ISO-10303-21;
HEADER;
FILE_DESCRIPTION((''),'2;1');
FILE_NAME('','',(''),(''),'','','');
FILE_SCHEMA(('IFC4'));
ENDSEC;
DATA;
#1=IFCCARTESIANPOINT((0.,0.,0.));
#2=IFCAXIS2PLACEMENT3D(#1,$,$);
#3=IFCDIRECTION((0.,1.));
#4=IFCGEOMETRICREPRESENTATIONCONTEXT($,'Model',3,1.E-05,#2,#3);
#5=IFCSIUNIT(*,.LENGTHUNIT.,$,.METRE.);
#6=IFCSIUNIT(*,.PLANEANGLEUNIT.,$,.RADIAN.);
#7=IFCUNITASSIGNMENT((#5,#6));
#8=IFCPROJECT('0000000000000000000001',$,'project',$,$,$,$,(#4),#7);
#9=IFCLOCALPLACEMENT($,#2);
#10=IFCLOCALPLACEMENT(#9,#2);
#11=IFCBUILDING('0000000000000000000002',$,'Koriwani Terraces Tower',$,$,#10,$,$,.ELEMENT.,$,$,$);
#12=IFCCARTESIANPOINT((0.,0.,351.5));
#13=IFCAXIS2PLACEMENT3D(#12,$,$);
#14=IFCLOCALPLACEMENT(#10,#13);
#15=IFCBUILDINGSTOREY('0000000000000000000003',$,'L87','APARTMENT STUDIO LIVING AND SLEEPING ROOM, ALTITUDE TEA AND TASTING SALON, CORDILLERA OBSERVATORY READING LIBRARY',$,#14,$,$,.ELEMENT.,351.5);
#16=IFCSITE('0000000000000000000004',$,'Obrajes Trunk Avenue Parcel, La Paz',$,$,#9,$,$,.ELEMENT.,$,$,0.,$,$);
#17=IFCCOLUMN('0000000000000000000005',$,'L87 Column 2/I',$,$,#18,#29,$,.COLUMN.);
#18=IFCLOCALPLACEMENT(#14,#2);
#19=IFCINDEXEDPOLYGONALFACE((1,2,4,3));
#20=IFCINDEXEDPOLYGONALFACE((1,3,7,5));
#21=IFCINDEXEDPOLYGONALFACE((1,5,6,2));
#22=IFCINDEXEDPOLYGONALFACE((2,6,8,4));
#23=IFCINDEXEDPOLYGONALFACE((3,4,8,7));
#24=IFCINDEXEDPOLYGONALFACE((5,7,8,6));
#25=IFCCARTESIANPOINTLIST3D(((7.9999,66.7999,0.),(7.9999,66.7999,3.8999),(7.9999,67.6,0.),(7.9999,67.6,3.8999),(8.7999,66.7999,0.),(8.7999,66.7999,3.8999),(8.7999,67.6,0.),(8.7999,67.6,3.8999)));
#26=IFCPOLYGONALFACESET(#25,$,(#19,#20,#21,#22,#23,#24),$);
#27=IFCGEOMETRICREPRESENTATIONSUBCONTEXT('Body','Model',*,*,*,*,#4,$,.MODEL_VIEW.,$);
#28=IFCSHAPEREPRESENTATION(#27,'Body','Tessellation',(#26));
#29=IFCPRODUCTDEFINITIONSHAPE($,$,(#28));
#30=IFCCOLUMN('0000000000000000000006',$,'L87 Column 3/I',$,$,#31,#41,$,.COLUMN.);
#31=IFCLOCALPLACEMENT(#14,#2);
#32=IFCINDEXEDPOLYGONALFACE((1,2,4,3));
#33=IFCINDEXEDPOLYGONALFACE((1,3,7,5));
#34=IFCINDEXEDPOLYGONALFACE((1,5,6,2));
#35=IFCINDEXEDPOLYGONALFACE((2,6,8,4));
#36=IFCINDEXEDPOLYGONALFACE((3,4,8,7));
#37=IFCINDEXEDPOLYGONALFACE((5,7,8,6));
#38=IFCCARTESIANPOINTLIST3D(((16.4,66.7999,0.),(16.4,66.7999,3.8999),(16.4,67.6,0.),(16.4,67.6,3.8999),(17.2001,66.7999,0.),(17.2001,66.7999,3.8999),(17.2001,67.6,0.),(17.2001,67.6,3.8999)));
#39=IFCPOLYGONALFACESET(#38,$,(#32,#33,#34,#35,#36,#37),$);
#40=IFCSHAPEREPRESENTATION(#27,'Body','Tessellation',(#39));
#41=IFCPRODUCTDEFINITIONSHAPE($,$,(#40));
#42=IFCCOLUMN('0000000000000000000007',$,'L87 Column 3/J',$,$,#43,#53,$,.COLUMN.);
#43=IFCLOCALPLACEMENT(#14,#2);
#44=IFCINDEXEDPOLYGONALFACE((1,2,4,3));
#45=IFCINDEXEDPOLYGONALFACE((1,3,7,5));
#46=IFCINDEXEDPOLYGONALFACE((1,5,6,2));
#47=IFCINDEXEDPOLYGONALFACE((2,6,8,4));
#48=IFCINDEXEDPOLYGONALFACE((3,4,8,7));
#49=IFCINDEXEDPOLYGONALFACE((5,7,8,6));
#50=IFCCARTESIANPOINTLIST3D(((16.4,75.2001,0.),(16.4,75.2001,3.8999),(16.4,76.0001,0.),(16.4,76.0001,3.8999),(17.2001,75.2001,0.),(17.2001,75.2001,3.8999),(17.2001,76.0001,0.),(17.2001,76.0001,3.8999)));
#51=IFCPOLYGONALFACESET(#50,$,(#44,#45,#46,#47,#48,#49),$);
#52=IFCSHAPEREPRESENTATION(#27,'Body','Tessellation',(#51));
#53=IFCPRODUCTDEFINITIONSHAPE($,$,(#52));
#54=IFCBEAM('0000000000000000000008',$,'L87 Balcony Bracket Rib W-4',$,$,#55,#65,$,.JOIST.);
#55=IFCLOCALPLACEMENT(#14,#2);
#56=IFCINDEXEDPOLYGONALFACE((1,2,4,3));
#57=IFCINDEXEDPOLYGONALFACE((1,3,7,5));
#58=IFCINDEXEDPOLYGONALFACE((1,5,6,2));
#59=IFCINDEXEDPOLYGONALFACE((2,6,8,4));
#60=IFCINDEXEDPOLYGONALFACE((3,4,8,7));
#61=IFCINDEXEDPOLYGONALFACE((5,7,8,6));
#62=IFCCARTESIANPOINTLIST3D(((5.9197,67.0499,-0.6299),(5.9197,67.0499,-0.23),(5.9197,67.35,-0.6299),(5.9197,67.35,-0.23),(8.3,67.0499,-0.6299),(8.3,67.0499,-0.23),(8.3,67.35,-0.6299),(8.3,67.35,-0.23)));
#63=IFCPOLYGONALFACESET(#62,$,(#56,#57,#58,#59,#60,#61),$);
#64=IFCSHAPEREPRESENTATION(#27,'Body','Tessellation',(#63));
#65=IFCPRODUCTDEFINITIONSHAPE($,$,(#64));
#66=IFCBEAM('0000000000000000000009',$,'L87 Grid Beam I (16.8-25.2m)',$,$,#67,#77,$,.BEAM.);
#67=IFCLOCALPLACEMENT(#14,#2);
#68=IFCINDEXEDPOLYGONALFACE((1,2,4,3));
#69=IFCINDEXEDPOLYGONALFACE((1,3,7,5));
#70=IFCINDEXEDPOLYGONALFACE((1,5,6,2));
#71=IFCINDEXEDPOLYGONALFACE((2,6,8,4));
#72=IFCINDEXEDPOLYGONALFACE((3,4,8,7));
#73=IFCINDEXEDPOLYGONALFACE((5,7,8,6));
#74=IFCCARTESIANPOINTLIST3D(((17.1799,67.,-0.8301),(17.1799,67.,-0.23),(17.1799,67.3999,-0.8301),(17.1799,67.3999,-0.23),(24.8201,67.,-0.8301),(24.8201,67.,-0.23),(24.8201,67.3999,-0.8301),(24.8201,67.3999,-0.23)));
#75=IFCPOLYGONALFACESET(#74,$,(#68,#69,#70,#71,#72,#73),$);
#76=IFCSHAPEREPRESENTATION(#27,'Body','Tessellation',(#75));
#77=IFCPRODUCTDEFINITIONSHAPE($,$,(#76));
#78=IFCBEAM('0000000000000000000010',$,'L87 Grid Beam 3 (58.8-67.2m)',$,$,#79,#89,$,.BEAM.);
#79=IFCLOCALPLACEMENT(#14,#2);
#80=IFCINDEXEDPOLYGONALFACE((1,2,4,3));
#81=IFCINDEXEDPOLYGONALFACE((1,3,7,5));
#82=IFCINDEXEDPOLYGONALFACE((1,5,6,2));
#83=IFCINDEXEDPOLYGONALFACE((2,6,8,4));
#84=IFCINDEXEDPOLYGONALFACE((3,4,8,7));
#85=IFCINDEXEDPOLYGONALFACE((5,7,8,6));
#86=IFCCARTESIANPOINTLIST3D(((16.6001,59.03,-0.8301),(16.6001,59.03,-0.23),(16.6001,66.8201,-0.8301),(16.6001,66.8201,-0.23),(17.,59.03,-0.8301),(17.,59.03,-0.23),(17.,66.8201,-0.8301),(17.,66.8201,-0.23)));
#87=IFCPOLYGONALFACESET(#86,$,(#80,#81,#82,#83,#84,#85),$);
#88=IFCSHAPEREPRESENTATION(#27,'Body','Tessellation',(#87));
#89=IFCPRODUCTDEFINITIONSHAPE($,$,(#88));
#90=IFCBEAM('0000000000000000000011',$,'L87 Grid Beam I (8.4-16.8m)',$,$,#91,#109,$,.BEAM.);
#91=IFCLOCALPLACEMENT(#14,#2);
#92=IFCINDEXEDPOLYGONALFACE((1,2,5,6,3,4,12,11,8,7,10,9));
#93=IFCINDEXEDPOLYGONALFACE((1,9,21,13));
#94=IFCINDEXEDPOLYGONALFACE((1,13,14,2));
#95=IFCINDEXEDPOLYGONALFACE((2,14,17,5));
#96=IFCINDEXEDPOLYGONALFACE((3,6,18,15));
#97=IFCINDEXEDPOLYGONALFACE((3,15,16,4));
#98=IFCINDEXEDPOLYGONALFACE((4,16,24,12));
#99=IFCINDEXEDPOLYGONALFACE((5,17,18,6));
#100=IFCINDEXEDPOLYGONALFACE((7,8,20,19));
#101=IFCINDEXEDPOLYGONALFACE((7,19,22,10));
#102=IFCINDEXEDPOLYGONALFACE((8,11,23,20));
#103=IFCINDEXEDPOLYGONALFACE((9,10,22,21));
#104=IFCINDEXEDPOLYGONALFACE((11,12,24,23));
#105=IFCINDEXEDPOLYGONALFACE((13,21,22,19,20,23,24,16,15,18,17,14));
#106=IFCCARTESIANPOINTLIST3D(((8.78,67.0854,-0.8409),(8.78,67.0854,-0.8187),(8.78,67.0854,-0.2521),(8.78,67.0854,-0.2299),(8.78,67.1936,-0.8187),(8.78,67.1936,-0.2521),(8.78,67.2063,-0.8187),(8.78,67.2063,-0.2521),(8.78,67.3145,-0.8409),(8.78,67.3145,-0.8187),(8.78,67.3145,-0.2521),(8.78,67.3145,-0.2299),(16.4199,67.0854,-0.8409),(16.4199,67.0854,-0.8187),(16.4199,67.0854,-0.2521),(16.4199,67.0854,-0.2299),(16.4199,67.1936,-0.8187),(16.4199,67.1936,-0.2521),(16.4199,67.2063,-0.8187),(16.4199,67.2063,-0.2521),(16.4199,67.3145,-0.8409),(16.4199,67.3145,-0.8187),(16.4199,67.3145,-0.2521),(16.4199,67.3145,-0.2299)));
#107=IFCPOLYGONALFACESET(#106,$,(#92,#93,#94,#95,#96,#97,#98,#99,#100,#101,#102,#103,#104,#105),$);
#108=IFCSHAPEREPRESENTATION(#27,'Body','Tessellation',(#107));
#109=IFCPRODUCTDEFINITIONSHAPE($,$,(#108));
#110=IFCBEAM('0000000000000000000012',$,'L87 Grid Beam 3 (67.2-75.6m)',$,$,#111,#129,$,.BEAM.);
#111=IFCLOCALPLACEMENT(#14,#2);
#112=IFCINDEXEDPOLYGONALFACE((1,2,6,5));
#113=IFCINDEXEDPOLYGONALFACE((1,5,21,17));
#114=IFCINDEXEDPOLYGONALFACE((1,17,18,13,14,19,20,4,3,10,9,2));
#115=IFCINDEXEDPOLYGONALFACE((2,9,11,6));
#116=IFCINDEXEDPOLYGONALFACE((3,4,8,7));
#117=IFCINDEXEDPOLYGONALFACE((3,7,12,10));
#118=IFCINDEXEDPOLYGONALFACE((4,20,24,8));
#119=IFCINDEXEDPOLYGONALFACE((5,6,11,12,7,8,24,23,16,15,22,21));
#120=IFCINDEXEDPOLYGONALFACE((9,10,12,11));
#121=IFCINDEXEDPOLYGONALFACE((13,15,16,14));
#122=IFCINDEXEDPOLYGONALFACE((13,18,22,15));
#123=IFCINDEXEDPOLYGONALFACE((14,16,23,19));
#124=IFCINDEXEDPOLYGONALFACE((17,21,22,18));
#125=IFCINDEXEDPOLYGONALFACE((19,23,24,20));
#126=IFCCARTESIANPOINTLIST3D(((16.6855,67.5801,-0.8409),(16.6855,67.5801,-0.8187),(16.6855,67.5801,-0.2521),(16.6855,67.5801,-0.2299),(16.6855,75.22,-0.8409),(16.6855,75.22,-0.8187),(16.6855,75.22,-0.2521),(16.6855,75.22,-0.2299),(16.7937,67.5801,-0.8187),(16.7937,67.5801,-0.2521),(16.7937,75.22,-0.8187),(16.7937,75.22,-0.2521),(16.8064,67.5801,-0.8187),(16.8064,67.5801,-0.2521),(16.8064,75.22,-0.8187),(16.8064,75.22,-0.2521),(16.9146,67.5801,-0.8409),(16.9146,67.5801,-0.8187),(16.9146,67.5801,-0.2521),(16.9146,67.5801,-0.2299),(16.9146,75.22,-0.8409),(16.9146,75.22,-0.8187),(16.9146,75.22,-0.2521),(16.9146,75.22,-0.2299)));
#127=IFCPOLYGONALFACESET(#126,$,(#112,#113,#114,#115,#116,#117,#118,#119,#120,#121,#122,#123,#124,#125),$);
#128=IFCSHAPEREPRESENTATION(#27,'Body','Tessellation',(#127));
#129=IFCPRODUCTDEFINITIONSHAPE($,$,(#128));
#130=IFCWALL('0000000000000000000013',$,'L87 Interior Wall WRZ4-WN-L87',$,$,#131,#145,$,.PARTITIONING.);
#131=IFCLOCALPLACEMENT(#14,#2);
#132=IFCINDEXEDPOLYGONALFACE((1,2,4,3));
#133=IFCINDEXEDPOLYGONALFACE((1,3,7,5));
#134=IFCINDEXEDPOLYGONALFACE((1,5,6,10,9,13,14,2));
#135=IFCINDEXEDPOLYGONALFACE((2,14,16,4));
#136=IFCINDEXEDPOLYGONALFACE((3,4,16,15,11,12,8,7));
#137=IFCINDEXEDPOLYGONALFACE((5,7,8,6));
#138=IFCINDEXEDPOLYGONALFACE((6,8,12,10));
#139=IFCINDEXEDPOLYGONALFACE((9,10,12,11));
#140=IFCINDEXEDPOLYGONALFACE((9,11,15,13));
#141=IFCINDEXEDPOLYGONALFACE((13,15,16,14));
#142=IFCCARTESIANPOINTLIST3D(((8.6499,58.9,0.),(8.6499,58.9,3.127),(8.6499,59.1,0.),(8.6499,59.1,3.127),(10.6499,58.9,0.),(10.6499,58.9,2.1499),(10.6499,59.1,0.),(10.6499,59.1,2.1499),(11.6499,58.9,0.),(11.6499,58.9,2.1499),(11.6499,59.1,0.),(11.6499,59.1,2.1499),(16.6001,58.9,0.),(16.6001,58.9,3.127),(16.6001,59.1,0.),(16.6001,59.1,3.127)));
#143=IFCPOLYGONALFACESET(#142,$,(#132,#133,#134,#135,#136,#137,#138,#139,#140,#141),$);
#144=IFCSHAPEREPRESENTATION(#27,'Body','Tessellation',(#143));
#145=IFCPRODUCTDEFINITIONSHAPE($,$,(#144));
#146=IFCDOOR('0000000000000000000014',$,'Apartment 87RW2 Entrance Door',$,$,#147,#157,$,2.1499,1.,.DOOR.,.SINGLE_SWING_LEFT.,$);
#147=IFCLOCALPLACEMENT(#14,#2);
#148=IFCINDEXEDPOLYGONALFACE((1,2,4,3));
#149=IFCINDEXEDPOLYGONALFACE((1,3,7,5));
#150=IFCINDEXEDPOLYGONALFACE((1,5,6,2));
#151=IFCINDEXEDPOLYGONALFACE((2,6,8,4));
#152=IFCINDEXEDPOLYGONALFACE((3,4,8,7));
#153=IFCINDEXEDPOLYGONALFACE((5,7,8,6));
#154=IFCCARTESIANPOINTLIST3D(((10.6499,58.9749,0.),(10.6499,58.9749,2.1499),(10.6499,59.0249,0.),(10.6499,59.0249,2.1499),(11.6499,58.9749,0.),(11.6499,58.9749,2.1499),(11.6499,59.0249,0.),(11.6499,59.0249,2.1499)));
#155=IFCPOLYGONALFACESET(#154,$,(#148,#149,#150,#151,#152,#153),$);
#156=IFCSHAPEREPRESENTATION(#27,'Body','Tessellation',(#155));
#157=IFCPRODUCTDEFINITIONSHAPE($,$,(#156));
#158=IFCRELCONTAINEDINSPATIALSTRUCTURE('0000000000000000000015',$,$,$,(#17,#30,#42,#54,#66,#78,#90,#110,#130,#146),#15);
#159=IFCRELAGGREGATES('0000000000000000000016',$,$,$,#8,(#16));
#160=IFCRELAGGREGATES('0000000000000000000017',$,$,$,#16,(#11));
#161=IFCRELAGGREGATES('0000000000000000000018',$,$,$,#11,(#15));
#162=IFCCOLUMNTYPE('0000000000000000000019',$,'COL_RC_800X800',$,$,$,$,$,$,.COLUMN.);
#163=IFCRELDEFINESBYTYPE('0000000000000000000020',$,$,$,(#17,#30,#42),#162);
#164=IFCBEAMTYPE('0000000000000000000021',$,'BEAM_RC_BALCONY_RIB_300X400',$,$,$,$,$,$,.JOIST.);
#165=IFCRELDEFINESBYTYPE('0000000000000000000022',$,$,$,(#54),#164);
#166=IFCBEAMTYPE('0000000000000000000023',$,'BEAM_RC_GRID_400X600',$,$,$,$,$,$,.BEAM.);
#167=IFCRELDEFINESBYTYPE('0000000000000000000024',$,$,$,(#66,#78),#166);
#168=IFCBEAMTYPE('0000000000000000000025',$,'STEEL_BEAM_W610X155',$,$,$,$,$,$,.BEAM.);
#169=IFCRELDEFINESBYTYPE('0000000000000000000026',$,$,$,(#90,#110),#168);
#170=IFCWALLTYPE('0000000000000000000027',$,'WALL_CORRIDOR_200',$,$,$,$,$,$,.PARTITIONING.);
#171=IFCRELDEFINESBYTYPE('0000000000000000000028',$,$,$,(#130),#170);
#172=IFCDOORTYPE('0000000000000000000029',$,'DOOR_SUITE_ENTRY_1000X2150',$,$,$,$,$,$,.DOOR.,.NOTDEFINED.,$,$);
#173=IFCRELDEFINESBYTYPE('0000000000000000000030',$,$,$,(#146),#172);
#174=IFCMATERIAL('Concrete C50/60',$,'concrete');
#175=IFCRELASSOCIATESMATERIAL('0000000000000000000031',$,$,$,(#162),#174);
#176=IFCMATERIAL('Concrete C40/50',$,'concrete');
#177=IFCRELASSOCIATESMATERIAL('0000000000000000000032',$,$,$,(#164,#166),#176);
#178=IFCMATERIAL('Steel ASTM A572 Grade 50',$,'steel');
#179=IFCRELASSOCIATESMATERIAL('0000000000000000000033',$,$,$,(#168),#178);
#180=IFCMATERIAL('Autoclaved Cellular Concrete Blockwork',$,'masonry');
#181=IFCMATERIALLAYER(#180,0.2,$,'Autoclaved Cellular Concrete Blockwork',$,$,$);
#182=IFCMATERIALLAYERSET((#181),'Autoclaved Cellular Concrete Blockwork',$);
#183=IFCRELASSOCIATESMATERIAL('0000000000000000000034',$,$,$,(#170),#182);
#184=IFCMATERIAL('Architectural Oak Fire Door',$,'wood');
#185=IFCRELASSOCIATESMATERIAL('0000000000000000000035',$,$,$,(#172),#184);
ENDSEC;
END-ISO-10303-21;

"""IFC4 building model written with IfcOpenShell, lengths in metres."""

from ifc_helpers import new_model, si_unit, direction, frame, frame_2d, origin, origin_2d, place, context, subcontext, project, spatial, rectangle, i_section, extrude, material, layer, layer_set, material_profile, profile_set, type_object, element, fill, save


model = new_model("IFC4")

# Units and contexts
model_context = context("Model", 3, precision=1e-05, world=origin(), true_north=direction((0.0, 1.0)))
body_context = subcontext(model_context, "Body", "Model", "MODEL_VIEW")
ifc_project = project(units=[si_unit("LENGTHUNIT", "METRE"), si_unit("PLANEANGLEUNIT", "RADIAN")], contexts=[model_context])

# Site, building, storey
site_placement = place(None, origin())
site = spatial("IfcSite", under=ifc_project, at=site_placement, Name="Obrajes Trunk Avenue Parcel, La Paz", CompositionType="ELEMENT", RefElevation=0.0)
building_placement = place(site_placement, origin())
building = spatial("IfcBuilding", under=site, at=building_placement, Name="Koriwani Terraces Tower", CompositionType="ELEMENT")
storey_placement = place(building_placement, frame((0.0, 0.0, 351.5)))
storey = spatial("IfcBuildingStorey", under=building, at=storey_placement, Name="L87", Description="APARTMENT STUDIO LIVING AND SLEEPING ROOM, ALTITUDE TEA AND TASTING SALON, CORDILLERA OBSERVATORY READING LIBRARY", CompositionType="ELEMENT", Elevation=351.5)

# Columns
ifc_material_1 = material(Name="Concrete C50/60", Category="concrete")
ifc_material_profile_1 = material_profile(ifc_material_1, rectangle(XDim=0.8, YDim=0.8, at=origin_2d()), Name="Concrete C50/60", Category="LoadBearing")
ifc_profile_set_1 = profile_set([ifc_material_profile_1], Name="Concrete C50/60")
column_type = type_object("IfcColumnType", Name="COL_RC_800X800", PredefinedType="COLUMN", material=ifc_profile_set_1)
for number, where, z_axis, x_axis, name in (
    (1, (8.3999, 67.2, 0.0), (0.0, 0.0, 1.0), (1.0, 0.0, 0.0), "L87 Column 2/I"),
    (2, (16.8, 67.2, 0.0), (0.0, 0.0, 1.0), (1.0, 0.0, 0.0), "L87 Column 3/I"),
    (3, (16.8, 75.6001, 0.0), (0.0, 0.0, 1.0), (1.0, 0.0, 0.0), "L87 Column 3/J"),
):
    element("IfcColumn", number, at=place(storey_placement, frame(where, z_axis=z_axis, x_axis=x_axis)), inside=storey, type_object=column_type, Name=name, PredefinedType="COLUMN", context=body_context, shape_type="SweptSolid", body=[
        extrude(rectangle(XDim=0.8, YDim=0.8, at=origin_2d()), origin(), (0.0, 0.0, 1.0), 3.8999),
    ])

# Beams
ifc_material_2 = material(Name="Concrete C40/50", Category="concrete")
ifc_material_profile_2 = material_profile(ifc_material_2, rectangle(XDim=0.3, YDim=0.3999, at=origin_2d()), Name="Concrete C40/50", Category="LoadBearing")
ifc_profile_set_2 = profile_set([ifc_material_profile_2], Name="Concrete C40/50")
beam_type_1 = type_object("IfcBeamType", Name="BEAM_RC_BALCONY_RIB_300X400", PredefinedType="JOIST", material=ifc_profile_set_2)
beam_1_placement = place(storey_placement, frame((5.9197, 67.2, -0.4299), z_axis=(1.0, 0.0, 0.0), x_axis=(0.0, 1.0, 0.0)))
element("IfcBeam", 4, at=beam_1_placement, inside=storey, type_object=beam_type_1, Name="L87 Balcony Bracket Rib W-4", PredefinedType="JOIST", context=body_context, shape_type="SweptSolid", body=[
    extrude(rectangle(XDim=0.3, YDim=0.3999, at=origin_2d()), origin(), (0.0, 0.0, 1.0), 2.3804),
])
ifc_material_profile_3 = material_profile(ifc_material_2, rectangle(XDim=0.3999, YDim=0.6001, at=origin_2d()), Name="Concrete C40/50", Category="LoadBearing")
ifc_profile_set_3 = profile_set([ifc_material_profile_3], Name="Concrete C40/50")
beam_type_2 = type_object("IfcBeamType", Name="BEAM_RC_GRID_400X600", PredefinedType="BEAM", material=ifc_profile_set_3)
beam_2_placement = place(storey_placement, frame((17.1799, 67.2, -0.53), z_axis=(1.0, 0.0, 0.0), x_axis=(0.0, 1.0, 0.0)))
element("IfcBeam", 5, at=beam_2_placement, inside=storey, type_object=beam_type_2, Name="L87 Grid Beam I (16.8-25.2m)", PredefinedType="BEAM", context=body_context, shape_type="SweptSolid", body=[
    extrude(rectangle(XDim=0.3999, YDim=0.6001, at=origin_2d()), origin(), (0.0, 0.0, 1.0), 7.6401),
])
beam_3_placement = place(storey_placement, frame((16.8, 59.03, -0.53), z_axis=(0.0, 1.0, 0.0), x_axis=(-1.0, 0.0, 0.0)))
element("IfcBeam", 6, at=beam_3_placement, inside=storey, type_object=beam_type_2, Name="L87 Grid Beam 3 (58.8-67.2m)", PredefinedType="BEAM", context=body_context, shape_type="SweptSolid", body=[
    extrude(rectangle(XDim=0.3999, YDim=0.6001, at=origin_2d()), origin(), (0.0, 0.0, 1.0), 7.79),
])
ifc_material_3 = material(Name="Steel ASTM A572 Grade 50", Category="steel")
ifc_material_profile_4 = material_profile(ifc_material_3, i_section(OverallWidth=0.229, OverallDepth=0.6111, WebThickness=0.0127, FlangeThickness=0.0222, at=origin_2d()), Name="Steel ASTM A572 Grade 50", Category="LoadBearing")
ifc_profile_set_4 = profile_set([ifc_material_profile_4], Name="Steel ASTM A572 Grade 50")
beam_type_3 = type_object("IfcBeamType", Name="STEEL_BEAM_W610X155", PredefinedType="BEAM", material=ifc_profile_set_4)
for number, where, z_axis, x_axis, name in (
    (7, (8.78, 67.2, -0.5354), (1.0, 0.0, 0.0), (0.0, 1.0, 0.0), "L87 Grid Beam I (8.4-16.8m)"),
    (8, (16.8, 67.5801, -0.5354), (0.0, 1.0, 0.0), (-1.0, 0.0, 0.0), "L87 Grid Beam 3 (67.2-75.6m)"),
):
    element("IfcBeam", number, at=place(storey_placement, frame(where, z_axis=z_axis, x_axis=x_axis)), inside=storey, type_object=beam_type_3, Name=name, PredefinedType="BEAM", context=body_context, shape_type="SweptSolid", body=[
        extrude(i_section(OverallWidth=0.229, OverallDepth=0.6111, WebThickness=0.0127, FlangeThickness=0.0222, at=origin_2d()), origin(), (0.0, 0.0, 1.0), 7.6399),
    ])

# Wall, opening, door
ifc_material_4 = material(Name="Autoclaved Cellular Concrete Blockwork", Category="masonry")
ifc_layer_1 = layer(ifc_material_4, 0.2, Name="Autoclaved Cellular Concrete Blockwork")
ifc_layer_set_1 = layer_set([ifc_layer_1], Name="Autoclaved Cellular Concrete Blockwork")
wall_type_1 = type_object("IfcWallType", Name="WALL_CORRIDOR_200", PredefinedType="PARTITIONING", material=ifc_layer_set_1)
wall_1_placement = place(storey_placement, frame((8.6499, 59.0, 0.0), z_axis=(0.0, 0.0, 1.0), x_axis=(1.0, 0.0, 0.0)))
wall_1 = element("IfcWall", 9, at=wall_1_placement, inside=storey, type_object=wall_type_1, Name="L87 Interior Wall WRZ4-WN-L87", PredefinedType="PARTITIONING", context=body_context, shape_type="SweptSolid", body=[
    extrude(rectangle(XDim=7.9502, YDim=0.2, at=frame_2d((3.9751, 0.0))), origin(), (0.0, 0.0, 1.0), 3.127),
])
opening_1_placement = place(wall_1_placement, frame((2.0, 0.0, 0.0)))
opening_1 = element("IfcOpeningElement", 10, at=opening_1_placement, cuts=wall_1, PredefinedType="OPENING", context=body_context, shape_type="SweptSolid", body=[
    extrude(rectangle(XDim=1.0, YDim=2.1499, at=frame_2d((0.5, 1.075))), frame((0.0, 0.1099, 0.0), z_axis=(0.0, -1.0, 0.0), x_axis=(1.0, 0.0, 0.0)), (0.0, 0.0, 1.0), 0.22),
])
ifc_material_5 = material(Name="Architectural Oak Fire Door", Category="wood")
door_type_1 = type_object("IfcDoorType", Name="DOOR_SUITE_ENTRY_1000X2150", OperationType="NOTDEFINED", PredefinedType="DOOR", material=ifc_material_5)
door_1_placement = place(opening_1_placement, origin())
door_1 = element("IfcDoor", 11, at=door_1_placement, inside=storey, type_object=door_type_1, Name="Apartment 87RW2 Entrance Door", OperationType="SINGLE_SWING_LEFT", OverallHeight=2.1499, OverallWidth=1.0, PredefinedType="DOOR", context=body_context, shape_type="SweptSolid", body=[
    extrude(rectangle(XDim=1.0, YDim=2.1499, at=frame_2d((0.5, 1.075))), frame((0.0, 0.0249, 0.0), z_axis=(0.0, -1.0, 0.0), x_axis=(1.0, 0.0, 0.0)), (0.0, 0.0, 1.0), 0.05),
])
fill(opening_1, door_1)

save(model, "model.ifc")
